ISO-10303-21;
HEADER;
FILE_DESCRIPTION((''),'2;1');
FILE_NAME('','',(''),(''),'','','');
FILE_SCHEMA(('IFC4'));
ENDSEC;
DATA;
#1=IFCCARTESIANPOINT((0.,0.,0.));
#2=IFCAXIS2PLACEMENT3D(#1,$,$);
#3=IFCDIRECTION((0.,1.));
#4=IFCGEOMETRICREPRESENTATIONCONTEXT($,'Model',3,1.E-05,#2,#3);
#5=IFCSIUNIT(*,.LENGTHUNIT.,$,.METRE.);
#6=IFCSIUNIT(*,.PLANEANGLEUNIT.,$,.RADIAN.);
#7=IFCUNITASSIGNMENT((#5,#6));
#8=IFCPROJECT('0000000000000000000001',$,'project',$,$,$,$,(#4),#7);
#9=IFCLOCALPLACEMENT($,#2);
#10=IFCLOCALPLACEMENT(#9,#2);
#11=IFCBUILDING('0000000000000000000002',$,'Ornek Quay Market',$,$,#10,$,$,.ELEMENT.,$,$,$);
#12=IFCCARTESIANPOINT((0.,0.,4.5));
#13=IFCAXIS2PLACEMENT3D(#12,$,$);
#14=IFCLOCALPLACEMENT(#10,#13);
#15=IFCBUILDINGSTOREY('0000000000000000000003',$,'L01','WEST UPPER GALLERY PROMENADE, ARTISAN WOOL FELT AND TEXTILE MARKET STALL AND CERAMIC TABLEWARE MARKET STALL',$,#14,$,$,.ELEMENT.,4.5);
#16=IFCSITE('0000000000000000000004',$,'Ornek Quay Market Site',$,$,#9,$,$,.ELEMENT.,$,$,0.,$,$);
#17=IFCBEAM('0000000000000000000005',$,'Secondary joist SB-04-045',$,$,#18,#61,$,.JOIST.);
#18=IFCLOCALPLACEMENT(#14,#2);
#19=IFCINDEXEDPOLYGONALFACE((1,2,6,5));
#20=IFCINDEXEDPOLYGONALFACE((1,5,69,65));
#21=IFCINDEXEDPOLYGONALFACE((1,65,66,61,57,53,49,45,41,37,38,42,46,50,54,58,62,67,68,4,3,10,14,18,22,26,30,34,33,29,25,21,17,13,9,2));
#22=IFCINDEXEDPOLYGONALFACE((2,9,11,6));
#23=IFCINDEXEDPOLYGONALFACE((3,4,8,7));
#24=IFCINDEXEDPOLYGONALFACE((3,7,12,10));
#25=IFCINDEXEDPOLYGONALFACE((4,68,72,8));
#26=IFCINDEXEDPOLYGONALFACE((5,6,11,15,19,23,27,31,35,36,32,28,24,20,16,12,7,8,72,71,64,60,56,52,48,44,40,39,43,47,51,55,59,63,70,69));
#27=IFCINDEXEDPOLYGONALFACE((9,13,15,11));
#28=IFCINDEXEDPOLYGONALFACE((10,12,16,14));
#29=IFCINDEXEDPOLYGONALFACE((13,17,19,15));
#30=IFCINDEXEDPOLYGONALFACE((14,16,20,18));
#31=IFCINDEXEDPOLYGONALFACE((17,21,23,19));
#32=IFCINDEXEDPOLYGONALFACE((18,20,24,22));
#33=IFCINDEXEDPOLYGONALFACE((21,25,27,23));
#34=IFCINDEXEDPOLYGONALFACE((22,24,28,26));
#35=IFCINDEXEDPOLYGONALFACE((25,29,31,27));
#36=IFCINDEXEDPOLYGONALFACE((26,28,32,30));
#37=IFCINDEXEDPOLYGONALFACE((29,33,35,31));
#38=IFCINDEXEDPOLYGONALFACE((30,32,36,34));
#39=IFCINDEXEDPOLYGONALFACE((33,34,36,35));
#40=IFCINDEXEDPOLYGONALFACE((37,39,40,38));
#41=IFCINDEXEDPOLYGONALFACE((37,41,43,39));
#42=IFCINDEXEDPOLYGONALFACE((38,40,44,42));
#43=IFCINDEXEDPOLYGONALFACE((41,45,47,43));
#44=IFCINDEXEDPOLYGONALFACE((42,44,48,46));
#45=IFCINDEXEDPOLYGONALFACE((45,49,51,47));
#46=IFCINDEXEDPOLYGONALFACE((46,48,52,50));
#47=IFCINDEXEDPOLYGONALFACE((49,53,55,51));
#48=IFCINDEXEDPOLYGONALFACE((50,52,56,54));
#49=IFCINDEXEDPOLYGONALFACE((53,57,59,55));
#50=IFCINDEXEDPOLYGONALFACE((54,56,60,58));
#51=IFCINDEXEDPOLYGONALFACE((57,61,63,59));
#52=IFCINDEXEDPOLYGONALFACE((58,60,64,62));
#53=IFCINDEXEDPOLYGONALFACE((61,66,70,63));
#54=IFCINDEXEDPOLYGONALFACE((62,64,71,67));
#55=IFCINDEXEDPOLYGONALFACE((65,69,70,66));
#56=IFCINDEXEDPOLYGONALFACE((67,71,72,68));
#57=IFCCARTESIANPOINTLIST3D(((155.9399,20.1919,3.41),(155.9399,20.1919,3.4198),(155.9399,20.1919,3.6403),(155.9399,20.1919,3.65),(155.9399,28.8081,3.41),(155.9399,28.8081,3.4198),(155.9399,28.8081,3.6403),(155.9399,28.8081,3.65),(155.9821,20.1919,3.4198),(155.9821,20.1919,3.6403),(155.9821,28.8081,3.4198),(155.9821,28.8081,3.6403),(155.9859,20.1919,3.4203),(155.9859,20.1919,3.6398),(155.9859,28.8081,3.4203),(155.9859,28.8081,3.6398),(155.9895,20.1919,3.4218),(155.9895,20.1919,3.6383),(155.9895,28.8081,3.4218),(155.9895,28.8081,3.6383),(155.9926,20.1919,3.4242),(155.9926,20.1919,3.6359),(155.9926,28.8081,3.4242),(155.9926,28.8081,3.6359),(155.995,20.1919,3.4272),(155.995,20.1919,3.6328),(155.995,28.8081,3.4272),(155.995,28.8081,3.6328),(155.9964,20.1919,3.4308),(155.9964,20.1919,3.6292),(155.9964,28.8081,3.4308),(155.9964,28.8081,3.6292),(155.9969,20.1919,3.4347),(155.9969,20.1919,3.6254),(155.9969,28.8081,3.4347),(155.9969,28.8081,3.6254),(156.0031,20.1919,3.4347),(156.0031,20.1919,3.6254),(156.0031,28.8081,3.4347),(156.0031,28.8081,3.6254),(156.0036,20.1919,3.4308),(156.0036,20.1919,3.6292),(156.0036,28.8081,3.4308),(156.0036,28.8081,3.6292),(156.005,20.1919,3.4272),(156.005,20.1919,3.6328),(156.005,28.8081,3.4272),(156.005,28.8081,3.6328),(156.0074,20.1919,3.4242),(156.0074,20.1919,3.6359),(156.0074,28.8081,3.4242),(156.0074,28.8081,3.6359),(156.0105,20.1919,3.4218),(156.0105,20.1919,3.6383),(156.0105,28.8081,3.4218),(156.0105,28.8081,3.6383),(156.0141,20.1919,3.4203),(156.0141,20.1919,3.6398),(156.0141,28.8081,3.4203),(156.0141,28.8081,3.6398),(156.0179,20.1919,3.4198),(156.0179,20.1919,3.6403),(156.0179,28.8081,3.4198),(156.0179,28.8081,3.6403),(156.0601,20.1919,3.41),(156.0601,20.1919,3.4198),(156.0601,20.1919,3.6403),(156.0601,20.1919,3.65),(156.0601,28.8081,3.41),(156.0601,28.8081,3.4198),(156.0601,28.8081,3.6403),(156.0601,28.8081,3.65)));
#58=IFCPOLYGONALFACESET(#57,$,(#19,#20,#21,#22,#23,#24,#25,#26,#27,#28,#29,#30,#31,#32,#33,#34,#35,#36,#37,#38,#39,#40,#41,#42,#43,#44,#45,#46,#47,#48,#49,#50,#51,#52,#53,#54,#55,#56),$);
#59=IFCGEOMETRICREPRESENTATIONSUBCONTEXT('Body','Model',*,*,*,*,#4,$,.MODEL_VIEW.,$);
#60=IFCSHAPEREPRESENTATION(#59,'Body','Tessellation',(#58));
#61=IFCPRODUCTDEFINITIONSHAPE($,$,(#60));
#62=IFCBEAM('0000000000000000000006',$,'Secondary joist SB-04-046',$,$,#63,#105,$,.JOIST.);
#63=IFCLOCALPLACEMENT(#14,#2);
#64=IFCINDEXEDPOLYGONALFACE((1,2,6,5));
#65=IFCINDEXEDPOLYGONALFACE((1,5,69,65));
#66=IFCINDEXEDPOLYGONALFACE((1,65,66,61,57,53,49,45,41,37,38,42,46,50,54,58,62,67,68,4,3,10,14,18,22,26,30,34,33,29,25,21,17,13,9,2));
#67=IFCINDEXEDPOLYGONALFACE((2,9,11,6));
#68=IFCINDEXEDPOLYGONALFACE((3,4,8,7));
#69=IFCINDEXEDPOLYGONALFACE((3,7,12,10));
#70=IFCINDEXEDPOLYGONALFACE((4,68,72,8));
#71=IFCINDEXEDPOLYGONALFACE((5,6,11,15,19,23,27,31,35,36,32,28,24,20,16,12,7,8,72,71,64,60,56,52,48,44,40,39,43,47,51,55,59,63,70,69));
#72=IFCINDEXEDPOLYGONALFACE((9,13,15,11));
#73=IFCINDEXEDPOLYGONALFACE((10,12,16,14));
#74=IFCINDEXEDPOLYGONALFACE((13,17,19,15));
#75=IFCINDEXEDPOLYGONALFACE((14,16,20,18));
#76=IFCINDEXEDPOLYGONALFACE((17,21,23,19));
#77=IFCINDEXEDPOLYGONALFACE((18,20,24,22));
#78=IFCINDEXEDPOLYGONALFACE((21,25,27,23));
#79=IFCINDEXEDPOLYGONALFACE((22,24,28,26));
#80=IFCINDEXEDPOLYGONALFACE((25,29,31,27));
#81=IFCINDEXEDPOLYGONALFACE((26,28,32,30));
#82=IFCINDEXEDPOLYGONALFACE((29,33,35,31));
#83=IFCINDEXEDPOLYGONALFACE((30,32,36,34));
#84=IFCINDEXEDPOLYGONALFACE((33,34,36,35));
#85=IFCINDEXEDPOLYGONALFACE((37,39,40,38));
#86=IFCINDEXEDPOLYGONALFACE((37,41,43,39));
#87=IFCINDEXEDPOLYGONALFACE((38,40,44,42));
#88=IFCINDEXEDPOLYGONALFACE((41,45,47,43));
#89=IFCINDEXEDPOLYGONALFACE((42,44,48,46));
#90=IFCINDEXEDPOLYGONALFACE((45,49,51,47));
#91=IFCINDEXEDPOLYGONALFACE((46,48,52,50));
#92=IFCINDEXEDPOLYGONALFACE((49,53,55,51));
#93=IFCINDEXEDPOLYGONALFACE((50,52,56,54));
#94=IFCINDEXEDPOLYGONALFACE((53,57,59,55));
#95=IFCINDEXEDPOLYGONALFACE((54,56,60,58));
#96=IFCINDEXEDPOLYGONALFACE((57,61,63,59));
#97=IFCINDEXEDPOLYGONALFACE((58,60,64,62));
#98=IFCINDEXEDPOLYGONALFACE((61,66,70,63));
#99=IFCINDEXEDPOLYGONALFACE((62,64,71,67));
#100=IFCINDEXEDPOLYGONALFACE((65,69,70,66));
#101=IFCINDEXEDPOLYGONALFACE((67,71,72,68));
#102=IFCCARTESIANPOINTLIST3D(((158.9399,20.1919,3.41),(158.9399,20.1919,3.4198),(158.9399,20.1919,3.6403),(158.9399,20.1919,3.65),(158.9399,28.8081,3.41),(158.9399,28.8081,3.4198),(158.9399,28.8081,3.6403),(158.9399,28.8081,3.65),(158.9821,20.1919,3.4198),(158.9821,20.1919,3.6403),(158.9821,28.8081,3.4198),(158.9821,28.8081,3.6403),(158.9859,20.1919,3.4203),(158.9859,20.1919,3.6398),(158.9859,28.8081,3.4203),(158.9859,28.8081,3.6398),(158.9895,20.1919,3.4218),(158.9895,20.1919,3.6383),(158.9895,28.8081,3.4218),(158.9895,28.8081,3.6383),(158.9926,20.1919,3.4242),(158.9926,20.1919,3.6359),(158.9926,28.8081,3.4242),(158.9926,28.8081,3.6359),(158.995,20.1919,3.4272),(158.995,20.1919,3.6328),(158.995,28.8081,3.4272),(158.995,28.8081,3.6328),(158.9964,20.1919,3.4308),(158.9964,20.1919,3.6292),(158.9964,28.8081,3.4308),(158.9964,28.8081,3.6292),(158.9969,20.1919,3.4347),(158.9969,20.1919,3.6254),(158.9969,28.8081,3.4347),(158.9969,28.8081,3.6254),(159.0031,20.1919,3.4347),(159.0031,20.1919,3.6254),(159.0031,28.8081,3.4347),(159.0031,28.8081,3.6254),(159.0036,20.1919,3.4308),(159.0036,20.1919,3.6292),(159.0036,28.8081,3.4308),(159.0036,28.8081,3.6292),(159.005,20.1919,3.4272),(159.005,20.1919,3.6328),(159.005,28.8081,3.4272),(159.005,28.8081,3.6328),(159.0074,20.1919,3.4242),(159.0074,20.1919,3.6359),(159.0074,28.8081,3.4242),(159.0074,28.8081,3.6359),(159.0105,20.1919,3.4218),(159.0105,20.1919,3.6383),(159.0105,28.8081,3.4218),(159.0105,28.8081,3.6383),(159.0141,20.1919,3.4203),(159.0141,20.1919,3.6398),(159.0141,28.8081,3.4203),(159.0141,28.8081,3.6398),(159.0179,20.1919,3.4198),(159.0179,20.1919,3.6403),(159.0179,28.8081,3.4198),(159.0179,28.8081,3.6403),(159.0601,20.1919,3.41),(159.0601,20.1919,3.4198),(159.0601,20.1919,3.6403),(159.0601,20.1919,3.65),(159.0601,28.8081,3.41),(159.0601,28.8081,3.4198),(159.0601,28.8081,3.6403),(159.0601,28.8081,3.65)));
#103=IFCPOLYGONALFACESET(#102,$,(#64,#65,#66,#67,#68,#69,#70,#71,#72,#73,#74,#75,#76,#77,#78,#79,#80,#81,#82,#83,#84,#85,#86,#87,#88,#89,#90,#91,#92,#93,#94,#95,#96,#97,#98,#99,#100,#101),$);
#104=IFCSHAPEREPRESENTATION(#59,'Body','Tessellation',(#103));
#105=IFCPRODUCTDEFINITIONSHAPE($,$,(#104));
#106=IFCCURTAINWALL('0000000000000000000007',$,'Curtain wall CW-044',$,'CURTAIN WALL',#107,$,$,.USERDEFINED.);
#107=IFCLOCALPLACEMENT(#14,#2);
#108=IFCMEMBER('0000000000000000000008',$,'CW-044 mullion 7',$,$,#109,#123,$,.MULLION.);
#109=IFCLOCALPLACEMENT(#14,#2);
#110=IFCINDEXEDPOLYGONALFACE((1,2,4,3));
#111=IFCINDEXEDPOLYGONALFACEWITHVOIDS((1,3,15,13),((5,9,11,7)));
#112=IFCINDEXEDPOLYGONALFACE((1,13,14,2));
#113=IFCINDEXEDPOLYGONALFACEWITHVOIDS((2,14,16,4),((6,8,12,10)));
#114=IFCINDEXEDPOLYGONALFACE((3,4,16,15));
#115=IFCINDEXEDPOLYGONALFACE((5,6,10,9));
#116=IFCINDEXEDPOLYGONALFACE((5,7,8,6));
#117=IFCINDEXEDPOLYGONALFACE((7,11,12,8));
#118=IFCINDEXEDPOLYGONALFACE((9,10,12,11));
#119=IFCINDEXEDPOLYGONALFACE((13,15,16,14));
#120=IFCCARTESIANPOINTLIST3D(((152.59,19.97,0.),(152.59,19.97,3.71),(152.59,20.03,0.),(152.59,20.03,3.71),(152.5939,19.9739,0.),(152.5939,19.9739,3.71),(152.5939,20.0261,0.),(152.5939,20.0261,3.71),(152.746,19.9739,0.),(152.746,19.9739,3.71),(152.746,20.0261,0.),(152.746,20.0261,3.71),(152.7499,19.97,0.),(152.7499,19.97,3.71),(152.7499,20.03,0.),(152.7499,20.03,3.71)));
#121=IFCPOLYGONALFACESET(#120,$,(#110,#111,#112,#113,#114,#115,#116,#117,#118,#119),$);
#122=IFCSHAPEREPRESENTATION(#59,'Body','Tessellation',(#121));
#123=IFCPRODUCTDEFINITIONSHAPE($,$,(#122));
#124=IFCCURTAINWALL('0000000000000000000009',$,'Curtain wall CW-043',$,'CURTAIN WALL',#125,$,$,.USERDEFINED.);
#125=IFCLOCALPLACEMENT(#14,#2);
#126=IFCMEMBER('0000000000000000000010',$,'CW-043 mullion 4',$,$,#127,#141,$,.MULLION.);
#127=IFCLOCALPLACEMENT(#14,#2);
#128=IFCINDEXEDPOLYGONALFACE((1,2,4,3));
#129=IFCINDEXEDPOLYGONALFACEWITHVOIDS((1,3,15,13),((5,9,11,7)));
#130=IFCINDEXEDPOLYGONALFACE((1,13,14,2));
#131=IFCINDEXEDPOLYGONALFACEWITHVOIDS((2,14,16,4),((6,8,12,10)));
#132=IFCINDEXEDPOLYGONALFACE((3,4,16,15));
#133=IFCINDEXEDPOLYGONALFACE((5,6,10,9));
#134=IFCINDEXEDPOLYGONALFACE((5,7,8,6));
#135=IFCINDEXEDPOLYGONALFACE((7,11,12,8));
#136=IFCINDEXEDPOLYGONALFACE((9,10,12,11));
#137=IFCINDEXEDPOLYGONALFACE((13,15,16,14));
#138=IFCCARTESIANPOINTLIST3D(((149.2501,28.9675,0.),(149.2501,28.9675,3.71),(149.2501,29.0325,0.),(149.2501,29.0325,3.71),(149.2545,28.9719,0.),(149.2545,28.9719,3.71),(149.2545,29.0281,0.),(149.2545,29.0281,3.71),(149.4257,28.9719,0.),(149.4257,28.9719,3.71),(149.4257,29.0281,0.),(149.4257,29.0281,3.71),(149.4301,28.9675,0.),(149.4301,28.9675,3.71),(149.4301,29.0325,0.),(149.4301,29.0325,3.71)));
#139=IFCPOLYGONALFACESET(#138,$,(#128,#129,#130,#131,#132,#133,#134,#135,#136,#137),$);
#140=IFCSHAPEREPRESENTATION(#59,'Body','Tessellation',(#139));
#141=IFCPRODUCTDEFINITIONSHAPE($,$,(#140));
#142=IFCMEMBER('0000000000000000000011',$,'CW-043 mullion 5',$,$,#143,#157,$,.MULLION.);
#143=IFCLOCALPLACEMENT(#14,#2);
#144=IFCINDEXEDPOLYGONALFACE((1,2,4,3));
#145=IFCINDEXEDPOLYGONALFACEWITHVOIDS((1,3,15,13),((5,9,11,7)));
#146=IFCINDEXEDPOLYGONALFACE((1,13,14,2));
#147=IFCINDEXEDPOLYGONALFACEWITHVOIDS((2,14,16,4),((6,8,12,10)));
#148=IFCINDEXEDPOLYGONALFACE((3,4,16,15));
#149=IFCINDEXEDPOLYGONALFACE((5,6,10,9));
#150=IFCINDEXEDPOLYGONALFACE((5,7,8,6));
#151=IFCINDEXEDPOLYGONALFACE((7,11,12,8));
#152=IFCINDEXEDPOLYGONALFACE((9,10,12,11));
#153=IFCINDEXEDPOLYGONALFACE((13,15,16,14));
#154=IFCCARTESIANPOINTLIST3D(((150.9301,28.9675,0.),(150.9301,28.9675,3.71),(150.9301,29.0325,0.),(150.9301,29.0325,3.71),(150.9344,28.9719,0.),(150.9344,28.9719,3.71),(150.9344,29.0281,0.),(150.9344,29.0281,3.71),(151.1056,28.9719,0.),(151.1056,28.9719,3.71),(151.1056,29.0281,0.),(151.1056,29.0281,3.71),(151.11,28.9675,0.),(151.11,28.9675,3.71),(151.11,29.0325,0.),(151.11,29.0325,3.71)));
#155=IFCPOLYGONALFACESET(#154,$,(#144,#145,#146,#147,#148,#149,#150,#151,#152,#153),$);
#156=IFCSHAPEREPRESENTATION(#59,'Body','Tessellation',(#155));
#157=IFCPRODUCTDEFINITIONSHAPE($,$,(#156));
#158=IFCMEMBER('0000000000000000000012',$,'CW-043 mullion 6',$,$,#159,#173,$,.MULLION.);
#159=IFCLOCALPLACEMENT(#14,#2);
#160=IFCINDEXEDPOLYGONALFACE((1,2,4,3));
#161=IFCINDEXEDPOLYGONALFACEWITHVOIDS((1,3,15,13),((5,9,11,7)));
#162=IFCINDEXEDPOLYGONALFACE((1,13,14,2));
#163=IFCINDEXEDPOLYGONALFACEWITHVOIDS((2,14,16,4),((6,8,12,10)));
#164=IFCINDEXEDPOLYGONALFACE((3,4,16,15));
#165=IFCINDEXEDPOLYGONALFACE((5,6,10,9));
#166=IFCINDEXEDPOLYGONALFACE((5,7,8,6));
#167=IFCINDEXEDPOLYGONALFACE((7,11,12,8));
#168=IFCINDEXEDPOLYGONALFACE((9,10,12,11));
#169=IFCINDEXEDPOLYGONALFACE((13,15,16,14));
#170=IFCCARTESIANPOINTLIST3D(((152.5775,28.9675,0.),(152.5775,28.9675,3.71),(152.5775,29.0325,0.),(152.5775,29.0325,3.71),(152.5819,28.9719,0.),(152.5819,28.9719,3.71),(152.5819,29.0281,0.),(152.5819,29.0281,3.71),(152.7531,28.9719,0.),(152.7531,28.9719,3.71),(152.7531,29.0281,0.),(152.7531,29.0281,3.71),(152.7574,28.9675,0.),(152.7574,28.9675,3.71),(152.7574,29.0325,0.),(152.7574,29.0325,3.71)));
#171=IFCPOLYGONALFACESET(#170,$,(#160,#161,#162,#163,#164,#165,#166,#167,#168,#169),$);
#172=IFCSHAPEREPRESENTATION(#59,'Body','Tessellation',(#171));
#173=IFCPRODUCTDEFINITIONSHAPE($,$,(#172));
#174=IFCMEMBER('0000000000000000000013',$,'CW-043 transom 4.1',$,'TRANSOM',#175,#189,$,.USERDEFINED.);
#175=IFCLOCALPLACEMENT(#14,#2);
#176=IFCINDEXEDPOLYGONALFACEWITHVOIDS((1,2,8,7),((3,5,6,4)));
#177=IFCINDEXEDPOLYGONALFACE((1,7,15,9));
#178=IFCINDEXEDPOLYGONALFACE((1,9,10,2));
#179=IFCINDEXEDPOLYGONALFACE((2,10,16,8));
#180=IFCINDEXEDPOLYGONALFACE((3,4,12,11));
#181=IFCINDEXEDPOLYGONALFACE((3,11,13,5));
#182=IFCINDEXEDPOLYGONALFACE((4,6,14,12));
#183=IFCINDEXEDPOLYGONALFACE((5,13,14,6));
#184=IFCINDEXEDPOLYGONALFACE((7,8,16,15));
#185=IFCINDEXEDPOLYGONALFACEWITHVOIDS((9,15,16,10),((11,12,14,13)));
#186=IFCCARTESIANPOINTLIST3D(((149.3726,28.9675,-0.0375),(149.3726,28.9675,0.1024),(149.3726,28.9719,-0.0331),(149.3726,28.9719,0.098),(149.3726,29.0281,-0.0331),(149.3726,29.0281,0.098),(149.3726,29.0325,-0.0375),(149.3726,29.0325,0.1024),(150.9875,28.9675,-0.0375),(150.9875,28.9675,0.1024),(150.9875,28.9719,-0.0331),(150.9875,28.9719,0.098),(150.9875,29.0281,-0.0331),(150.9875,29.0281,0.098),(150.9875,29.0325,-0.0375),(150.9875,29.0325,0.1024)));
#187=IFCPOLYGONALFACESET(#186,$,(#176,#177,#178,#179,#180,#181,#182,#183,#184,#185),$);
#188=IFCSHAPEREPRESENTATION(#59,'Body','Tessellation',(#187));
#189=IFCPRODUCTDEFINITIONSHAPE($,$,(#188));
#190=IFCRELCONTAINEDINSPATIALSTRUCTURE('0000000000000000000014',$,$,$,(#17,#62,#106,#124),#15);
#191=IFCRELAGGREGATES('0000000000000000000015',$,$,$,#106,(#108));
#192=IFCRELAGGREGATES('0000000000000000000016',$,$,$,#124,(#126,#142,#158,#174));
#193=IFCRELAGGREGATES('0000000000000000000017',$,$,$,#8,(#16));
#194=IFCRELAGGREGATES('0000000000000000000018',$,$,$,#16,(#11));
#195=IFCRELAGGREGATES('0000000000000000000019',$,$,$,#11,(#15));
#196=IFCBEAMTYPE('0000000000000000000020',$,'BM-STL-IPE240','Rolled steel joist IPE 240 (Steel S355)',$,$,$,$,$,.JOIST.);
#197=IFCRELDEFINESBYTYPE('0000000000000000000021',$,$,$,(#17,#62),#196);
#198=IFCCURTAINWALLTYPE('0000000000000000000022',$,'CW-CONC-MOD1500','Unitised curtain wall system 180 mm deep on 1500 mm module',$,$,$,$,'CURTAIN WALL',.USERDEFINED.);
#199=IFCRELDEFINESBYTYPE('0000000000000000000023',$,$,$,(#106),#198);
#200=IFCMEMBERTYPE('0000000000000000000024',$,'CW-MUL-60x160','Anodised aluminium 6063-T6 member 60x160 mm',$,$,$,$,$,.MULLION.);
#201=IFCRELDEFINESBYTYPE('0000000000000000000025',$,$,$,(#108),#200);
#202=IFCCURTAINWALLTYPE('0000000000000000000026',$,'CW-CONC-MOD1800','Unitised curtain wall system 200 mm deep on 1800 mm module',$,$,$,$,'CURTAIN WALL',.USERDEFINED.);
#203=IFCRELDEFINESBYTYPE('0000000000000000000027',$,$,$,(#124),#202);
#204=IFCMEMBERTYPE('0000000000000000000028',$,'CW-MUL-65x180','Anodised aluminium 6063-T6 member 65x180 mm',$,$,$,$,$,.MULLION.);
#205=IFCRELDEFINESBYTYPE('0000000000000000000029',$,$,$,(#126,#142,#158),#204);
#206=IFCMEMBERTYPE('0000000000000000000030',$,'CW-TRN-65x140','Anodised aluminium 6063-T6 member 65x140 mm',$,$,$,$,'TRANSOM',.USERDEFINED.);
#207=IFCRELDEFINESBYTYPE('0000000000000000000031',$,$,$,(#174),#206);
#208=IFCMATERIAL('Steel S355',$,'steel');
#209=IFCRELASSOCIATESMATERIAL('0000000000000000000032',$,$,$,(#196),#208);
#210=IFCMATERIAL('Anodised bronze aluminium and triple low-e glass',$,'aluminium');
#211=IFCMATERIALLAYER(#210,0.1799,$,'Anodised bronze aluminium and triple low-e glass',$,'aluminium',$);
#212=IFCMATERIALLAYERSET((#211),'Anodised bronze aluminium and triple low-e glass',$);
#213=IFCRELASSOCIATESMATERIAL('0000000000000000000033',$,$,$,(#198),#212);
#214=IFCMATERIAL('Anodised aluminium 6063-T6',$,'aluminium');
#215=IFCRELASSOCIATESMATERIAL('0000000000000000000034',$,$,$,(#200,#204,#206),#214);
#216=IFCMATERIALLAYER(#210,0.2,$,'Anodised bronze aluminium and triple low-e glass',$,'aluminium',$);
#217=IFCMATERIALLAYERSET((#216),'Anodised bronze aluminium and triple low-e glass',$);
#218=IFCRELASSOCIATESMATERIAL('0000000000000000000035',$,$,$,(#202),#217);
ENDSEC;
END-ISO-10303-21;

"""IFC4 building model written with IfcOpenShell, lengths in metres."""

from ifc_helpers import new_model, si_unit, direction, frame, origin, origin_2d, place, context, subcontext, project, spatial, hollow_rectangle, i_section, extrude, material, layer, layer_set, material_profile, profile_set, type_object, element, aggregate, save


model = new_model("IFC4")

# Units and contexts
model_context = context("Model", 3, precision=1e-05, world=origin(), true_north=direction((0.0, 1.0)))
body_context = subcontext(model_context, "Body", "Model", "MODEL_VIEW")
ifc_project = project(units=[si_unit("LENGTHUNIT", "METRE"), si_unit("PLANEANGLEUNIT", "RADIAN")], contexts=[model_context])

# Site, building, storey
site_placement = place(None, origin())
site = spatial("IfcSite", under=ifc_project, at=site_placement, Name="Ornek Quay Market Site", CompositionType="ELEMENT", RefElevation=0.0)
building_placement = place(site_placement, origin())
building = spatial("IfcBuilding", under=site, at=building_placement, Name="Ornek Quay Market", CompositionType="ELEMENT")
storey_placement = place(building_placement, frame((0.0, 0.0, 4.5)))
storey = spatial("IfcBuildingStorey", under=building, at=storey_placement, Name="L01", Description="WEST UPPER GALLERY PROMENADE, ARTISAN WOOL FELT AND TEXTILE MARKET STALL AND CERAMIC TABLEWARE MARKET STALL", CompositionType="ELEMENT", Elevation=4.5)

# Beams
ifc_material_1 = material(Name="Steel S355", Category="steel")
ifc_material_profile_1 = material_profile(ifc_material_1, i_section(OverallWidth=0.1201, OverallDepth=0.24, WebThickness=0.0061, FlangeThickness=0.0098, FilletRadius=0.0149, at=origin_2d()), Name="IPE 240", Category="steel")
ifc_profile_set_1 = profile_set([ifc_material_profile_1], Name="Steel S355")
beam_type_1 = type_object("IfcBeamType", Name="BM-STL-IPE240", Description="Rolled steel joist IPE 240 (Steel S355)", PredefinedType="JOIST", material=ifc_profile_set_1)
for number, where, z_axis, x_axis, name in (
    (1, (156.0, 20.1919, 3.53), (0.0, 1.0, 0.0), (-1.0, 0.0, 0.0), "Secondary joist SB-04-045"),
    (2, (159.0, 20.1919, 3.53), (0.0, 1.0, 0.0), (-1.0, 0.0, 0.0), "Secondary joist SB-04-046"),
):
    element("IfcBeam", number, at=place(storey_placement, frame(where, z_axis=z_axis, x_axis=x_axis)), inside=storey, type_object=beam_type_1, Name=name, PredefinedType="JOIST", context=body_context, shape_type="SweptSolid", body=[
        extrude(i_section(OverallWidth=0.1201, OverallDepth=0.24, WebThickness=0.0061, FlangeThickness=0.0098, FilletRadius=0.0149, at=origin_2d()), origin(), (0.0, 0.0, 1.0), 8.6162),
    ])

# Curtain wall, member
ifc_material_2 = material(Name="Anodised bronze aluminium and triple low-e glass", Category="aluminium")
ifc_layer_1 = layer(ifc_material_2, 0.1799, Name="Anodised bronze aluminium and triple low-e glass", Category="aluminium")
ifc_layer_set_1 = layer_set([ifc_layer_1], Name="Anodised bronze aluminium and triple low-e glass")
curtain_wall_type_1 = type_object("IfcCurtainWallType", Name="CW-CONC-MOD1500", Description="Unitised curtain wall system 180 mm deep on 1500 mm module", ElementType="CURTAIN WALL", PredefinedType="USERDEFINED", material=ifc_layer_set_1)
curtain_wall_1_placement = place(storey_placement, origin())
curtain_wall_1 = element("IfcCurtainWall", 3, at=curtain_wall_1_placement, inside=storey, type_object=curtain_wall_type_1, Name="Curtain wall CW-044", ObjectType="CURTAIN WALL", PredefinedType="USERDEFINED")
ifc_material_3 = material(Name="Anodised aluminium 6063-T6", Category="aluminium")
ifc_material_profile_2 = material_profile(ifc_material_3, hollow_rectangle(XDim=0.0601, YDim=0.1599, WallThickness=0.0039, at=origin_2d()), Name="CW-MUL-60x160", Category="aluminium")
ifc_profile_set_2 = profile_set([ifc_material_profile_2], Name="Anodised aluminium 6063-T6")
member_type_1 = type_object("IfcMemberType", Name="CW-MUL-60x160", Description="Anodised aluminium 6063-T6 member 60x160 mm", PredefinedType="MULLION", material=ifc_profile_set_2)
member_1_placement = place(storey_placement, frame((152.6699, 20.0, 0.0), z_axis=(0.0, 0.0, 1.0), x_axis=(0.0, 1.0, 0.0)))
member_1 = element("IfcMember", 4, at=member_1_placement, type_object=member_type_1, Name="CW-044 mullion 7", PredefinedType="MULLION", context=body_context, shape_type="SweptSolid", body=[
    extrude(hollow_rectangle(XDim=0.0601, YDim=0.1599, WallThickness=0.0039, at=origin_2d()), origin(), (0.0, 0.0, 1.0), 3.71),
])
aggregate(curtain_wall_1, [member_1])

# Curtain wall, members
ifc_layer_2 = layer(ifc_material_2, 0.2, Name="Anodised bronze aluminium and triple low-e glass", Category="aluminium")
ifc_layer_set_2 = layer_set([ifc_layer_2], Name="Anodised bronze aluminium and triple low-e glass")
curtain_wall_type_2 = type_object("IfcCurtainWallType", Name="CW-CONC-MOD1800", Description="Unitised curtain wall system 200 mm deep on 1800 mm module", ElementType="CURTAIN WALL", PredefinedType="USERDEFINED", material=ifc_layer_set_2)
curtain_wall_2_placement = place(storey_placement, origin())
curtain_wall_2 = element("IfcCurtainWall", 5, at=curtain_wall_2_placement, inside=storey, type_object=curtain_wall_type_2, Name="Curtain wall CW-043", ObjectType="CURTAIN WALL", PredefinedType="USERDEFINED")
ifc_material_profile_3 = material_profile(ifc_material_3, hollow_rectangle(XDim=0.0649, YDim=0.1799, WallThickness=0.0044, at=origin_2d()), Name="CW-MUL-65x180", Category="aluminium")
ifc_profile_set_3 = profile_set([ifc_material_profile_3], Name="Anodised aluminium 6063-T6")
member_type_2 = type_object("IfcMemberType", Name="CW-MUL-65x180", Description="Anodised aluminium 6063-T6 member 65x180 mm", PredefinedType="MULLION", material=ifc_profile_set_3)
member_2_placement = place(storey_placement, frame((149.3401, 29.0, 0.0), z_axis=(0.0, 0.0, 1.0), x_axis=(0.0, 1.0, 0.0)))
member_2 = element("IfcMember", 6, at=member_2_placement, type_object=member_type_2, Name="CW-043 mullion 4", PredefinedType="MULLION", context=body_context, shape_type="SweptSolid", body=[
    extrude(hollow_rectangle(XDim=0.0649, YDim=0.1799, WallThickness=0.0044, at=origin_2d()), origin(), (0.0, 0.0, 1.0), 3.71),
])
member_3_placement = place(storey_placement, frame((151.02, 29.0, 0.0), z_axis=(0.0, 0.0, 1.0), x_axis=(0.0, 1.0, 0.0)))
member_3 = element("IfcMember", 7, at=member_3_placement, type_object=member_type_2, Name="CW-043 mullion 5", PredefinedType="MULLION", context=body_context, shape_type="SweptSolid", body=[
    extrude(hollow_rectangle(XDim=0.0649, YDim=0.1799, WallThickness=0.0044, at=origin_2d()), origin(), (0.0, 0.0, 1.0), 3.71),
])
member_4_placement = place(storey_placement, frame((152.6675, 29.0, 0.0), z_axis=(0.0, 0.0, 1.0), x_axis=(0.0, 1.0, 0.0)))
member_4 = element("IfcMember", 8, at=member_4_placement, type_object=member_type_2, Name="CW-043 mullion 6", PredefinedType="MULLION", context=body_context, shape_type="SweptSolid", body=[
    extrude(hollow_rectangle(XDim=0.0649, YDim=0.1799, WallThickness=0.0044, at=origin_2d()), origin(), (0.0, 0.0, 1.0), 3.71),
])
ifc_material_profile_4 = material_profile(ifc_material_3, hollow_rectangle(XDim=0.0649, YDim=0.1399, WallThickness=0.0044, at=origin_2d()), Name="CW-TRN-65x140", Category="aluminium")
ifc_profile_set_4 = profile_set([ifc_material_profile_4], Name="Anodised aluminium 6063-T6")
member_type_3 = type_object("IfcMemberType", Name="CW-TRN-65x140", Description="Anodised aluminium 6063-T6 member 65x140 mm", ElementType="TRANSOM", PredefinedType="USERDEFINED", material=ifc_profile_set_4)
member_5_placement = place(storey_placement, frame((149.3726, 29.0, 0.0325), z_axis=(1.0, 0.0, 0.0), x_axis=(0.0, 1.0, 0.0)))
member_5 = element("IfcMember", 9, at=member_5_placement, type_object=member_type_3, Name="CW-043 transom 4.1", ObjectType="TRANSOM", PredefinedType="USERDEFINED", context=body_context, shape_type="SweptSolid", body=[
    extrude(hollow_rectangle(XDim=0.0649, YDim=0.1399, WallThickness=0.0044, at=origin_2d()), origin(), (0.0, 0.0, 1.0), 1.615),
])
aggregate(curtain_wall_2, [member_2, member_3, member_4, member_5])

save(model, "model.ifc")
